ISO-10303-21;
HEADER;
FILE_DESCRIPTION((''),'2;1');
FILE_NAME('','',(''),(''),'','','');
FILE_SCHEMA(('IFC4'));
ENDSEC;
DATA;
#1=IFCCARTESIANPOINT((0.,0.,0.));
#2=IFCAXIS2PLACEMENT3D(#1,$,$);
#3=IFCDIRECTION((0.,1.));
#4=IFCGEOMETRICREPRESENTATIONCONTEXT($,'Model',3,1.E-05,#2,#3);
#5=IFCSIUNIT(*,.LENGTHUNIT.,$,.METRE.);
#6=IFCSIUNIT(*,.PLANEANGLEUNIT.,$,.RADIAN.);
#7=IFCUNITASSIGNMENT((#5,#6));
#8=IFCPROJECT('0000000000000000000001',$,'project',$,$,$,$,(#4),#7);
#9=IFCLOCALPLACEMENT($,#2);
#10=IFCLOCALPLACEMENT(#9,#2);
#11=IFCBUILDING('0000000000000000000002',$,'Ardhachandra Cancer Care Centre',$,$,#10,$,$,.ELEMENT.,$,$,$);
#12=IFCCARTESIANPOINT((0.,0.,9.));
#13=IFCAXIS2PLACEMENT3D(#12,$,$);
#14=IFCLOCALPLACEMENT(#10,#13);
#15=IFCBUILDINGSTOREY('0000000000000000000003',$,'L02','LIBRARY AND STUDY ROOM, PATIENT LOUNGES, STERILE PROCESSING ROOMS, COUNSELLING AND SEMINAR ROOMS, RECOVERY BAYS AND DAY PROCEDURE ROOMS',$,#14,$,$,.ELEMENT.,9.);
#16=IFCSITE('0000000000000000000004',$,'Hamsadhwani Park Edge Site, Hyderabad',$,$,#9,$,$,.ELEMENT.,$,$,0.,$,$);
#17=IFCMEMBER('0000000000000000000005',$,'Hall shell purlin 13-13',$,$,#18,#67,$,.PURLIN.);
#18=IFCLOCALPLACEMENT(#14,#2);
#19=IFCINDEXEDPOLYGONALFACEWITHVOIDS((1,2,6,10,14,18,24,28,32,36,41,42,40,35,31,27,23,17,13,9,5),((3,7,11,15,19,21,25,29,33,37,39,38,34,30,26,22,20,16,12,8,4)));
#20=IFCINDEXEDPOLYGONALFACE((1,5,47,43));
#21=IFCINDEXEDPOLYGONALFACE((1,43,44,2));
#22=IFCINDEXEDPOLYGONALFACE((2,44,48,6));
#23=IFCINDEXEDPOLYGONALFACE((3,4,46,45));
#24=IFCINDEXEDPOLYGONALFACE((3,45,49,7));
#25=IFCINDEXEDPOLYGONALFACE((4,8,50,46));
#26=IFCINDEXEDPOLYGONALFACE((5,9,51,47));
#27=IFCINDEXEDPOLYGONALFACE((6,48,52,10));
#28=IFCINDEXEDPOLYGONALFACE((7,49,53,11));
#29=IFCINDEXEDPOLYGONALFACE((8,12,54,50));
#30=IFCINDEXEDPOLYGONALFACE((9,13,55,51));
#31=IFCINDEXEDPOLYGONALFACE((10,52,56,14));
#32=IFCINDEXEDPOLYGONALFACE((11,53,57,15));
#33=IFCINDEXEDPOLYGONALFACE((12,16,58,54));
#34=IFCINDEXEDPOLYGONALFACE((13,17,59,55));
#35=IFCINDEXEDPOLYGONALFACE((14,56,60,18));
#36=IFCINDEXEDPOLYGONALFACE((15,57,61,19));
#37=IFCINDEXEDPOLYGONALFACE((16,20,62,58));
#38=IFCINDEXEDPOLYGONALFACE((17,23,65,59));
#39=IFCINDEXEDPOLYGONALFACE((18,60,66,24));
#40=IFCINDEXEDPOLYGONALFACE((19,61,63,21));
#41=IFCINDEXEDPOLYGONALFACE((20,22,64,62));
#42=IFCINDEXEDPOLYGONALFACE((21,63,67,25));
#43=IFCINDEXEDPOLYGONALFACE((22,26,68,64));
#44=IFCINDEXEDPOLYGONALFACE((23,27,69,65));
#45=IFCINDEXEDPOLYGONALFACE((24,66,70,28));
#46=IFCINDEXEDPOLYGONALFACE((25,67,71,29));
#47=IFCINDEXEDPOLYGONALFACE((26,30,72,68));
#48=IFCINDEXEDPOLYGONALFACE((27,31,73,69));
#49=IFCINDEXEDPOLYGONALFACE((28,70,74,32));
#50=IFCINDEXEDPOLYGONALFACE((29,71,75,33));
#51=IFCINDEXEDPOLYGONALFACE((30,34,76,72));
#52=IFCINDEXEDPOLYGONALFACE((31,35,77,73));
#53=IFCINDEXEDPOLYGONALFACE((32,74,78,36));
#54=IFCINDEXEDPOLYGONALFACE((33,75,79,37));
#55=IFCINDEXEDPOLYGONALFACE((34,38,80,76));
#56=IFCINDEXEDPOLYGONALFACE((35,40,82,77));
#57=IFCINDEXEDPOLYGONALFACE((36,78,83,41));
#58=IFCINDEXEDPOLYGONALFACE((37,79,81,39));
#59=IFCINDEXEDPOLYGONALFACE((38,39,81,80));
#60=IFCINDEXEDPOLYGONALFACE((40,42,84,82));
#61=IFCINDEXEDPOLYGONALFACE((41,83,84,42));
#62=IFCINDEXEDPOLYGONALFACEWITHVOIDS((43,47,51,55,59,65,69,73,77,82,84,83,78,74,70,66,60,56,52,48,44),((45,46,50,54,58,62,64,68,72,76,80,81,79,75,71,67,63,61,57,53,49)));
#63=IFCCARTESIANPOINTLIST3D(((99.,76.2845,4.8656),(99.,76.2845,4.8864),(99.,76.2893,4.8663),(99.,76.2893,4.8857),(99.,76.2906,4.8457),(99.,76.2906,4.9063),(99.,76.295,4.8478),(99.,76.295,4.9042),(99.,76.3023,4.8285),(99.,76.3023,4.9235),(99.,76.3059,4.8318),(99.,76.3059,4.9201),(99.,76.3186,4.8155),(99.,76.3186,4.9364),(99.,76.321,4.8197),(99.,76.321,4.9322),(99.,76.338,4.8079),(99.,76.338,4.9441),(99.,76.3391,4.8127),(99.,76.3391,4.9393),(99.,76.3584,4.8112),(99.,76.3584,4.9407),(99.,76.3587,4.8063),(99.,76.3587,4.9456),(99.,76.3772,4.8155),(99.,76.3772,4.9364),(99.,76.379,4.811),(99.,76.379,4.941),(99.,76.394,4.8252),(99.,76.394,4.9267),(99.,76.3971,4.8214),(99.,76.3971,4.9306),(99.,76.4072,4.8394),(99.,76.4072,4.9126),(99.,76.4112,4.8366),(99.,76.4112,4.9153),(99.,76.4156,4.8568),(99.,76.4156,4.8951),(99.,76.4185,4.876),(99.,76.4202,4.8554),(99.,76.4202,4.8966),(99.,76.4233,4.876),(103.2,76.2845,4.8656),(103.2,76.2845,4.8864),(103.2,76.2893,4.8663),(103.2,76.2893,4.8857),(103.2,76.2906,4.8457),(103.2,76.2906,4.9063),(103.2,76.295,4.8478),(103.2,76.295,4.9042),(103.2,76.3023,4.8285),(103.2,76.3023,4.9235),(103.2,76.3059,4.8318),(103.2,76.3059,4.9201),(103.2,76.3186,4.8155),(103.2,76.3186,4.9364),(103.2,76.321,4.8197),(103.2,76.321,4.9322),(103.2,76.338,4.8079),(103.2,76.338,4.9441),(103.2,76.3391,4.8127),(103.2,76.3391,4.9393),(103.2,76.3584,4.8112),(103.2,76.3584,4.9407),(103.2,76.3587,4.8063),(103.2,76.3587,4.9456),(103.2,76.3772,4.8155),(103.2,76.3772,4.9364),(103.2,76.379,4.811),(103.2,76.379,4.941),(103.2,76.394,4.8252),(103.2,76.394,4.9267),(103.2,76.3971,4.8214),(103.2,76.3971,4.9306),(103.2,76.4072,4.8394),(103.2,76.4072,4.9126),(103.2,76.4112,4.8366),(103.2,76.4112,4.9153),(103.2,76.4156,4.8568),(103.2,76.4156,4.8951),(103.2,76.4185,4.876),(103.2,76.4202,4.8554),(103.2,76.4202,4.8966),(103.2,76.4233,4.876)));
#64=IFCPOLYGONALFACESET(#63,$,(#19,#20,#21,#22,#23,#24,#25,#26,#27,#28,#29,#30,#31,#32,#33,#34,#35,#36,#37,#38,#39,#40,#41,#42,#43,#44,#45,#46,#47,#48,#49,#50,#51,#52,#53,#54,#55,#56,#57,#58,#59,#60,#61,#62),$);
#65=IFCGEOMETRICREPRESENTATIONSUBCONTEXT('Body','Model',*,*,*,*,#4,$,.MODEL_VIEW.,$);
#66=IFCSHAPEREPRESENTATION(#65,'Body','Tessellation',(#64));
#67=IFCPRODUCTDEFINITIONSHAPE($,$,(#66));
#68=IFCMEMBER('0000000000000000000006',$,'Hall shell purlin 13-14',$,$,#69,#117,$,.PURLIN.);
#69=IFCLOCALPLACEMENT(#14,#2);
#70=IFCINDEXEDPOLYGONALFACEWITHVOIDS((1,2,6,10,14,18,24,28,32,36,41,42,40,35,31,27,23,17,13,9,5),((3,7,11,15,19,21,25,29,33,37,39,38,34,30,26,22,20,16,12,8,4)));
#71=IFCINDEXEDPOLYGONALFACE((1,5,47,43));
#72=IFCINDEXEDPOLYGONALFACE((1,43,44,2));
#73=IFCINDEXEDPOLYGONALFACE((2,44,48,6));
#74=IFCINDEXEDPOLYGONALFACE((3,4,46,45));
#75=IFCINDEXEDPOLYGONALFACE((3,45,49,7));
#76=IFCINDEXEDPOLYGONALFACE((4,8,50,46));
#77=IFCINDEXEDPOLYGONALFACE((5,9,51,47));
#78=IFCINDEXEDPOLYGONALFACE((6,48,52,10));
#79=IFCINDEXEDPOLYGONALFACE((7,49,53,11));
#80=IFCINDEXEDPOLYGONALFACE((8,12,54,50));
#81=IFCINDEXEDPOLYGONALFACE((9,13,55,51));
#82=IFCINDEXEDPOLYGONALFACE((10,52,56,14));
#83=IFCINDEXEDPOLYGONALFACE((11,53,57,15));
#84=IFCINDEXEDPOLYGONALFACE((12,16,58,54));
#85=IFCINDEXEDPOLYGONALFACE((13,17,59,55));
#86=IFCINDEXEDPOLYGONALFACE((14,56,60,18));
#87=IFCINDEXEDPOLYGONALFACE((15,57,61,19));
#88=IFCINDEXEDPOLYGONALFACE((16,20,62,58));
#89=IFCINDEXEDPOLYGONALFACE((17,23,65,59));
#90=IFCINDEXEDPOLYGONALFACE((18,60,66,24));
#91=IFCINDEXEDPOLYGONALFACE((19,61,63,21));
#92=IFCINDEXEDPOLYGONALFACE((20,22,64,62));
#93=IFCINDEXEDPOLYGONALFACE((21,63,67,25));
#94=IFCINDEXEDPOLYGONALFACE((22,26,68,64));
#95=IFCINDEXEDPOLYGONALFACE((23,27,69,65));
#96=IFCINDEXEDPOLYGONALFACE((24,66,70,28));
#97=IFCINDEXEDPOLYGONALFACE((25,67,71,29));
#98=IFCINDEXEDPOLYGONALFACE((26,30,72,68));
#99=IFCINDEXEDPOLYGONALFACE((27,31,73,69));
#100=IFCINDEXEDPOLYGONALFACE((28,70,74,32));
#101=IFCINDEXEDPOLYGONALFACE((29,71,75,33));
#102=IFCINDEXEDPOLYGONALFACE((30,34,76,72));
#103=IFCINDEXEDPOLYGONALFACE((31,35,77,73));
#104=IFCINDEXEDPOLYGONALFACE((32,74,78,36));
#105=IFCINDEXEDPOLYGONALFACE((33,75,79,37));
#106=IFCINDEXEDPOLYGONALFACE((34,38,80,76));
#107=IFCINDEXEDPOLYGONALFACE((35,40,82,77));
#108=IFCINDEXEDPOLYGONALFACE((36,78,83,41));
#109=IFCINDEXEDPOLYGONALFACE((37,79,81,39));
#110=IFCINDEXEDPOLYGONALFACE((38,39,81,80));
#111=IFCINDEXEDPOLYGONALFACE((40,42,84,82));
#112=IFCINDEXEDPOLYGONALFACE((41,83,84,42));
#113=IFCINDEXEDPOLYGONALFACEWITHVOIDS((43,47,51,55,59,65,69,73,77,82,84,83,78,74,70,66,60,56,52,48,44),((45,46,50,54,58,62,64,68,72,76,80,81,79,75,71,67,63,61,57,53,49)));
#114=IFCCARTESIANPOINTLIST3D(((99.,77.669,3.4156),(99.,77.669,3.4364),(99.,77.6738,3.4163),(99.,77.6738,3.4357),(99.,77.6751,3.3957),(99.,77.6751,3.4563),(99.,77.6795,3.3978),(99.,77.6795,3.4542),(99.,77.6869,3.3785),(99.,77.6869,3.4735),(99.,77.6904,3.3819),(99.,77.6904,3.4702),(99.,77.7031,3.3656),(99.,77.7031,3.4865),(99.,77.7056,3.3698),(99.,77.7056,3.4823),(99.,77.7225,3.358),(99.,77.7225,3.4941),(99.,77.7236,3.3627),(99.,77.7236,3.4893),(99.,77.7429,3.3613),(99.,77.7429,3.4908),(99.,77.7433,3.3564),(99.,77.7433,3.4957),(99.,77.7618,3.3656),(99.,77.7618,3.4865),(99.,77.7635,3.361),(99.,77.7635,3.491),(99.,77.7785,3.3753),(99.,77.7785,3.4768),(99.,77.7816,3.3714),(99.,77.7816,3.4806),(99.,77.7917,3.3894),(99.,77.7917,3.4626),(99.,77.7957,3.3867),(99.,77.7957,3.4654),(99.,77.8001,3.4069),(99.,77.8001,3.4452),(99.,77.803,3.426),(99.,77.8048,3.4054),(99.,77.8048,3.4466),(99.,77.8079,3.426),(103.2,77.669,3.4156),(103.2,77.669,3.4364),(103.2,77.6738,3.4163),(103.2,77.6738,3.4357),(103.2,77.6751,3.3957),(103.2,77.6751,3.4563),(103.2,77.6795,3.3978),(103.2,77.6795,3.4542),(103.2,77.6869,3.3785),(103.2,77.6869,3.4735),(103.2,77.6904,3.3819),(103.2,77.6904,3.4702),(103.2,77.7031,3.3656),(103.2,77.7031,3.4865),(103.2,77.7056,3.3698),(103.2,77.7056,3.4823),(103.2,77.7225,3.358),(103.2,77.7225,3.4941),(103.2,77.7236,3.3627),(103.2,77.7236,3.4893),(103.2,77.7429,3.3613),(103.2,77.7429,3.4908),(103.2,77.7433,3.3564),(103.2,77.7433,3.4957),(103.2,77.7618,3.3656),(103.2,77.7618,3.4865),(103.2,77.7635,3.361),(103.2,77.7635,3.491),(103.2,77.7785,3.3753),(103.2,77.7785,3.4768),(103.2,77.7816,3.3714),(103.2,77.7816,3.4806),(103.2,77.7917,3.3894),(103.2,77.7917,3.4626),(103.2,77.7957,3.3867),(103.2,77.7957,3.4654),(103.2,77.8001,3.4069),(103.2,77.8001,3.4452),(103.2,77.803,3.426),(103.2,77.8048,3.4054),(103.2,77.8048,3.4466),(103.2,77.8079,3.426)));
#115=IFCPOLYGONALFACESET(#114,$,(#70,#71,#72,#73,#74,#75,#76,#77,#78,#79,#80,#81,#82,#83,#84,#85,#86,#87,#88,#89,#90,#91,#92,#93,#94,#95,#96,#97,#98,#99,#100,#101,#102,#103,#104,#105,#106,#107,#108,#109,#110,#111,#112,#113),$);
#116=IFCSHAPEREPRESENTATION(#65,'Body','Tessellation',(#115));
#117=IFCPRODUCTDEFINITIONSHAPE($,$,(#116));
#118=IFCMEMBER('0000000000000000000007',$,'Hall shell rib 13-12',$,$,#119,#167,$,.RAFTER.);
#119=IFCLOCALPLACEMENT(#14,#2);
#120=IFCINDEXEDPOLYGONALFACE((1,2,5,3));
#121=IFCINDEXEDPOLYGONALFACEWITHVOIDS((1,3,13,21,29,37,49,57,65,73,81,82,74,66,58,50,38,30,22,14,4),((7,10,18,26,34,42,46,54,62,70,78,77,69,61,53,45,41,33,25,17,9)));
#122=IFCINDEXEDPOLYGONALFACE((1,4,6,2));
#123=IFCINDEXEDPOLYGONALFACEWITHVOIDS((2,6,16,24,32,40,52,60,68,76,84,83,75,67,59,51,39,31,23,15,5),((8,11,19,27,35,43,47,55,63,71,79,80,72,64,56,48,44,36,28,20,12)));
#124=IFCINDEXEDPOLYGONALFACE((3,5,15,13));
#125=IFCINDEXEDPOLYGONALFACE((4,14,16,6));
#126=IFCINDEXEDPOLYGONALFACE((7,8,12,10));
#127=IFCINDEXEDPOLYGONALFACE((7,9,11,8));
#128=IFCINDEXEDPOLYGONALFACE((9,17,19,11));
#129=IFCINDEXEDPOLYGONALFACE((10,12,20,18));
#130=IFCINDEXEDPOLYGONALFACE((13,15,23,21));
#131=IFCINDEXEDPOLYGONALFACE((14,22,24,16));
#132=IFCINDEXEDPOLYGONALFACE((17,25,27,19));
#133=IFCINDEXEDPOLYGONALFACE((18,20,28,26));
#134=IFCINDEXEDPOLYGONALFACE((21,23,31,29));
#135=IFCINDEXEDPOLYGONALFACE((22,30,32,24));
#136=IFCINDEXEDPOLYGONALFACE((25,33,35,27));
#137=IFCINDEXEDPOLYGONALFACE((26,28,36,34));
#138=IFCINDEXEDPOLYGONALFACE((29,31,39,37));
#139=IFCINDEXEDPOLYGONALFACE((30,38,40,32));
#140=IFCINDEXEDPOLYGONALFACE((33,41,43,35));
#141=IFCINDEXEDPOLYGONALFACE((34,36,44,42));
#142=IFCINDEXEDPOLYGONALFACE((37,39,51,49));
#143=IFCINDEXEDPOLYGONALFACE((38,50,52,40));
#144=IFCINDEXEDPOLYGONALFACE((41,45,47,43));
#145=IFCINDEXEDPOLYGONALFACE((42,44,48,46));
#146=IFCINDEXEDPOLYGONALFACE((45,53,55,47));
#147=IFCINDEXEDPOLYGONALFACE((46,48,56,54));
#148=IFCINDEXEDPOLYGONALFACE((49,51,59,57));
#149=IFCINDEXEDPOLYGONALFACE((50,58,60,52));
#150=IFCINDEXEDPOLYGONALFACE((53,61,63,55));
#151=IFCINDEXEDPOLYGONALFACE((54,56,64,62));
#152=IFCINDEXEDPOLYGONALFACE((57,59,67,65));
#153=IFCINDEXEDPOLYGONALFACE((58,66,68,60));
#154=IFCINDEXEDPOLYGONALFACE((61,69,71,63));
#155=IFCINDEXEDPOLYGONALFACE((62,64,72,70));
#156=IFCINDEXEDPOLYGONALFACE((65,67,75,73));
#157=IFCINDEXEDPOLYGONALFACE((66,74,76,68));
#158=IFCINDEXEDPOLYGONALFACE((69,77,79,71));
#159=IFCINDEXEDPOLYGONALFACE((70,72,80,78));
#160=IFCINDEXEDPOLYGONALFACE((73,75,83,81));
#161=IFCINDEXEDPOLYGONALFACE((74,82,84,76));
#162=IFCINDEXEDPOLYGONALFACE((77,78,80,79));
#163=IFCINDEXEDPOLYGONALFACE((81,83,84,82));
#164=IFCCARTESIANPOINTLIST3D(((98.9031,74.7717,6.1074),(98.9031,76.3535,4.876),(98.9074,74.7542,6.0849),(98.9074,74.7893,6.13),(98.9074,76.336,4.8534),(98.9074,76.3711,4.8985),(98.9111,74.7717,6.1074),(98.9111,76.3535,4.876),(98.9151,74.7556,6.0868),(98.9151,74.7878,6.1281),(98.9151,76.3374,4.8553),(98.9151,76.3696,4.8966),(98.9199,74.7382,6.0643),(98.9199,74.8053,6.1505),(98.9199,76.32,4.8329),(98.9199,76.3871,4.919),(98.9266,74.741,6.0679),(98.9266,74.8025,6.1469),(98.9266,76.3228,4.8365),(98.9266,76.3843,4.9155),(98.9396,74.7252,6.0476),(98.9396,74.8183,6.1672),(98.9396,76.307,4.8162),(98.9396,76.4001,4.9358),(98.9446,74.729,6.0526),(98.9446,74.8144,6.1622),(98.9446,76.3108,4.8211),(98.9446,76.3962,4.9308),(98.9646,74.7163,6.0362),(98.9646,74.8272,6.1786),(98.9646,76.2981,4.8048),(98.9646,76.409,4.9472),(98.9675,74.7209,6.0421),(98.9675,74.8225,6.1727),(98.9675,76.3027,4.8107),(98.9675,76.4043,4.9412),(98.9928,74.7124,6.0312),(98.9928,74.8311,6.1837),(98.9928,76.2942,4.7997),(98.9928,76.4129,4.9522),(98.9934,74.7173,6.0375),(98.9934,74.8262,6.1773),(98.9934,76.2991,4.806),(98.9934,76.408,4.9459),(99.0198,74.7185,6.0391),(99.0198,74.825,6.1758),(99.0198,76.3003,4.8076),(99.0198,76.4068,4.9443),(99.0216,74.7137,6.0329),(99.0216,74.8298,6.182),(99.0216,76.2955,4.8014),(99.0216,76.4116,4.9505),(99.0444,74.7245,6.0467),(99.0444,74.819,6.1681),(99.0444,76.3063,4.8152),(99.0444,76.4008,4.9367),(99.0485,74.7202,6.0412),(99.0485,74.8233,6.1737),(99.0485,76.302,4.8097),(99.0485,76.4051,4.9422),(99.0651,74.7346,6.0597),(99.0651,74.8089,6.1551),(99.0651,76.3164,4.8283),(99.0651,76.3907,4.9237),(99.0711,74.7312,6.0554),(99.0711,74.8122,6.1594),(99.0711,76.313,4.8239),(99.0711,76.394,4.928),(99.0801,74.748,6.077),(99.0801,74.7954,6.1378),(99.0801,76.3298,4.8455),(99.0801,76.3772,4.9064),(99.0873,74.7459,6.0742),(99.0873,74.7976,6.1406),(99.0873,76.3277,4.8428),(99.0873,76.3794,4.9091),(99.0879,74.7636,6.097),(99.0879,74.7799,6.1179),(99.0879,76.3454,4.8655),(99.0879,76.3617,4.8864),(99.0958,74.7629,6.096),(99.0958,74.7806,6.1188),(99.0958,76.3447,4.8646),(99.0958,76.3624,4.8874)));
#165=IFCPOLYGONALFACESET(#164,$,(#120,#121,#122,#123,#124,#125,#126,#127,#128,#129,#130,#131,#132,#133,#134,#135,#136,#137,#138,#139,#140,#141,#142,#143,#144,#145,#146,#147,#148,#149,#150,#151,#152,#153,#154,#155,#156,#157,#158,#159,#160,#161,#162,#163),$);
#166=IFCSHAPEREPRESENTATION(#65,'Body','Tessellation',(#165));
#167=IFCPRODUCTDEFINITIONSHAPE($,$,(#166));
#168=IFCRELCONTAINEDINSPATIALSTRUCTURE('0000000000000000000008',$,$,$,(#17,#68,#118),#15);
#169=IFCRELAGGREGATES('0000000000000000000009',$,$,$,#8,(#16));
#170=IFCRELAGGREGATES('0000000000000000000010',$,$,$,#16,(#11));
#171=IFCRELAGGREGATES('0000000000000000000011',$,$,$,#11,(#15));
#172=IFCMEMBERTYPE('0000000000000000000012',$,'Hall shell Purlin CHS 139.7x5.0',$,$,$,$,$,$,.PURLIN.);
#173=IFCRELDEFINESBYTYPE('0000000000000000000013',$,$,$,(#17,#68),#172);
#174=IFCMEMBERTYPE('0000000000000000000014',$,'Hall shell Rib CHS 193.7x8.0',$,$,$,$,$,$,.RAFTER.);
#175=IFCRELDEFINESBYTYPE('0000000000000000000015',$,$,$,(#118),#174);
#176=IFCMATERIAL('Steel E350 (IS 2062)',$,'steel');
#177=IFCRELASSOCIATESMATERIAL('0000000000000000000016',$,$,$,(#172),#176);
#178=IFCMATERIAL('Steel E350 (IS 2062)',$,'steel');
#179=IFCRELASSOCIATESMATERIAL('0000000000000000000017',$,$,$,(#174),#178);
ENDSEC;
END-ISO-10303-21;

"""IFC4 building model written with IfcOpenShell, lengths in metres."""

from ifc_helpers import new_model, si_unit, direction, frame, origin, origin_2d, place, context, subcontext, project, spatial, hollow_circle, extrude, material, material_profile, profile_set, type_object, element, save


model = new_model("IFC4")

# Units and contexts
model_context = context("Model", 3, precision=1e-05, world=origin(), true_north=direction((0.0, 1.0)))
body_context = subcontext(model_context, "Body", "Model", "MODEL_VIEW")
ifc_project = project(units=[si_unit("LENGTHUNIT", "METRE"), si_unit("PLANEANGLEUNIT", "RADIAN")], contexts=[model_context])

# Site, building, storey
site_placement = place(None, origin())
site = spatial("IfcSite", under=ifc_project, at=site_placement, Name="Hamsadhwani Park Edge Site, Hyderabad", CompositionType="ELEMENT", RefElevation=0.0)
building_placement = place(site_placement, origin())
building = spatial("IfcBuilding", under=site, at=building_placement, Name="Ardhachandra Cancer Care Centre", CompositionType="ELEMENT")
storey_placement = place(building_placement, frame((0.0, 0.0, 9.0)))
storey = spatial("IfcBuildingStorey", under=building, at=storey_placement, Name="L02", Description="LIBRARY AND STUDY ROOM, PATIENT LOUNGES, STERILE PROCESSING ROOMS, COUNSELLING AND SEMINAR ROOMS, RECOVERY BAYS AND DAY PROCEDURE ROOMS", CompositionType="ELEMENT", Elevation=9.0)

# Members
ifc_material_1 = material(Name="Steel E350 (IS 2062)", Category="steel")
ifc_material_profile_1 = material_profile(ifc_material_1, hollow_circle(Radius=0.0698, WallThickness=0.0049, at=origin_2d()), Name="CHS 139.7x5.0")
ifc_profile_set_1 = profile_set([ifc_material_profile_1], Name="Steel E350 (IS 2062)")
member_type_1 = type_object("IfcMemberType", Name="Hall shell Purlin CHS 139.7x5.0", PredefinedType="PURLIN", material=ifc_profile_set_1)
for number, where, z_axis, x_axis, name in (
    (1, (99.0, 76.3535, 4.876), (1.0, 0.0, 0.0), (0.0, 1.0, 0.0), "Hall shell purlin 13-13"),
    (2, (99.0, 77.738, 3.426), (1.0, 0.0, 0.0), (0.0, 1.0, 0.0), "Hall shell purlin 13-14"),
):
    element("IfcMember", number, at=place(storey_placement, frame(where, z_axis=z_axis, x_axis=x_axis)), inside=storey, type_object=member_type_1, Name=name, PredefinedType="PURLIN", context=body_context, shape_type="SweptSolid", body=[
        extrude(hollow_circle(Radius=0.0698, WallThickness=0.0049, at=origin_2d()), origin(), (0.0, 0.0, 1.0), 4.2),
    ])
ifc_material_2 = material(Name="Steel E350 (IS 2062)", Category="steel")
ifc_material_profile_2 = material_profile(ifc_material_2, hollow_circle(Radius=0.0969, WallThickness=0.0081, at=origin_2d()), Name="CHS 193.7x8.0")
ifc_profile_set_2 = profile_set([ifc_material_profile_2], Name="Steel E350 (IS 2062)")
member_type_2 = type_object("IfcMemberType", Name="Hall shell Rib CHS 193.7x8.0", PredefinedType="RAFTER", material=ifc_profile_set_2)
member_1_placement = place(storey_placement, frame((99.0, 74.7717, 6.1074), z_axis=(0.0, 0.78907, -0.614303), x_axis=(-1.0, 0.0, 0.0)))
element("IfcMember", 3, at=member_1_placement, inside=storey, type_object=member_type_2, Name="Hall shell rib 13-12", PredefinedType="RAFTER", context=body_context, shape_type="SweptSolid", body=[
    extrude(hollow_circle(Radius=0.0969, WallThickness=0.0081, at=origin_2d()), origin(), (0.0, 0.0, 1.0), 2.0046),
])

save(model, "model.ifc")
